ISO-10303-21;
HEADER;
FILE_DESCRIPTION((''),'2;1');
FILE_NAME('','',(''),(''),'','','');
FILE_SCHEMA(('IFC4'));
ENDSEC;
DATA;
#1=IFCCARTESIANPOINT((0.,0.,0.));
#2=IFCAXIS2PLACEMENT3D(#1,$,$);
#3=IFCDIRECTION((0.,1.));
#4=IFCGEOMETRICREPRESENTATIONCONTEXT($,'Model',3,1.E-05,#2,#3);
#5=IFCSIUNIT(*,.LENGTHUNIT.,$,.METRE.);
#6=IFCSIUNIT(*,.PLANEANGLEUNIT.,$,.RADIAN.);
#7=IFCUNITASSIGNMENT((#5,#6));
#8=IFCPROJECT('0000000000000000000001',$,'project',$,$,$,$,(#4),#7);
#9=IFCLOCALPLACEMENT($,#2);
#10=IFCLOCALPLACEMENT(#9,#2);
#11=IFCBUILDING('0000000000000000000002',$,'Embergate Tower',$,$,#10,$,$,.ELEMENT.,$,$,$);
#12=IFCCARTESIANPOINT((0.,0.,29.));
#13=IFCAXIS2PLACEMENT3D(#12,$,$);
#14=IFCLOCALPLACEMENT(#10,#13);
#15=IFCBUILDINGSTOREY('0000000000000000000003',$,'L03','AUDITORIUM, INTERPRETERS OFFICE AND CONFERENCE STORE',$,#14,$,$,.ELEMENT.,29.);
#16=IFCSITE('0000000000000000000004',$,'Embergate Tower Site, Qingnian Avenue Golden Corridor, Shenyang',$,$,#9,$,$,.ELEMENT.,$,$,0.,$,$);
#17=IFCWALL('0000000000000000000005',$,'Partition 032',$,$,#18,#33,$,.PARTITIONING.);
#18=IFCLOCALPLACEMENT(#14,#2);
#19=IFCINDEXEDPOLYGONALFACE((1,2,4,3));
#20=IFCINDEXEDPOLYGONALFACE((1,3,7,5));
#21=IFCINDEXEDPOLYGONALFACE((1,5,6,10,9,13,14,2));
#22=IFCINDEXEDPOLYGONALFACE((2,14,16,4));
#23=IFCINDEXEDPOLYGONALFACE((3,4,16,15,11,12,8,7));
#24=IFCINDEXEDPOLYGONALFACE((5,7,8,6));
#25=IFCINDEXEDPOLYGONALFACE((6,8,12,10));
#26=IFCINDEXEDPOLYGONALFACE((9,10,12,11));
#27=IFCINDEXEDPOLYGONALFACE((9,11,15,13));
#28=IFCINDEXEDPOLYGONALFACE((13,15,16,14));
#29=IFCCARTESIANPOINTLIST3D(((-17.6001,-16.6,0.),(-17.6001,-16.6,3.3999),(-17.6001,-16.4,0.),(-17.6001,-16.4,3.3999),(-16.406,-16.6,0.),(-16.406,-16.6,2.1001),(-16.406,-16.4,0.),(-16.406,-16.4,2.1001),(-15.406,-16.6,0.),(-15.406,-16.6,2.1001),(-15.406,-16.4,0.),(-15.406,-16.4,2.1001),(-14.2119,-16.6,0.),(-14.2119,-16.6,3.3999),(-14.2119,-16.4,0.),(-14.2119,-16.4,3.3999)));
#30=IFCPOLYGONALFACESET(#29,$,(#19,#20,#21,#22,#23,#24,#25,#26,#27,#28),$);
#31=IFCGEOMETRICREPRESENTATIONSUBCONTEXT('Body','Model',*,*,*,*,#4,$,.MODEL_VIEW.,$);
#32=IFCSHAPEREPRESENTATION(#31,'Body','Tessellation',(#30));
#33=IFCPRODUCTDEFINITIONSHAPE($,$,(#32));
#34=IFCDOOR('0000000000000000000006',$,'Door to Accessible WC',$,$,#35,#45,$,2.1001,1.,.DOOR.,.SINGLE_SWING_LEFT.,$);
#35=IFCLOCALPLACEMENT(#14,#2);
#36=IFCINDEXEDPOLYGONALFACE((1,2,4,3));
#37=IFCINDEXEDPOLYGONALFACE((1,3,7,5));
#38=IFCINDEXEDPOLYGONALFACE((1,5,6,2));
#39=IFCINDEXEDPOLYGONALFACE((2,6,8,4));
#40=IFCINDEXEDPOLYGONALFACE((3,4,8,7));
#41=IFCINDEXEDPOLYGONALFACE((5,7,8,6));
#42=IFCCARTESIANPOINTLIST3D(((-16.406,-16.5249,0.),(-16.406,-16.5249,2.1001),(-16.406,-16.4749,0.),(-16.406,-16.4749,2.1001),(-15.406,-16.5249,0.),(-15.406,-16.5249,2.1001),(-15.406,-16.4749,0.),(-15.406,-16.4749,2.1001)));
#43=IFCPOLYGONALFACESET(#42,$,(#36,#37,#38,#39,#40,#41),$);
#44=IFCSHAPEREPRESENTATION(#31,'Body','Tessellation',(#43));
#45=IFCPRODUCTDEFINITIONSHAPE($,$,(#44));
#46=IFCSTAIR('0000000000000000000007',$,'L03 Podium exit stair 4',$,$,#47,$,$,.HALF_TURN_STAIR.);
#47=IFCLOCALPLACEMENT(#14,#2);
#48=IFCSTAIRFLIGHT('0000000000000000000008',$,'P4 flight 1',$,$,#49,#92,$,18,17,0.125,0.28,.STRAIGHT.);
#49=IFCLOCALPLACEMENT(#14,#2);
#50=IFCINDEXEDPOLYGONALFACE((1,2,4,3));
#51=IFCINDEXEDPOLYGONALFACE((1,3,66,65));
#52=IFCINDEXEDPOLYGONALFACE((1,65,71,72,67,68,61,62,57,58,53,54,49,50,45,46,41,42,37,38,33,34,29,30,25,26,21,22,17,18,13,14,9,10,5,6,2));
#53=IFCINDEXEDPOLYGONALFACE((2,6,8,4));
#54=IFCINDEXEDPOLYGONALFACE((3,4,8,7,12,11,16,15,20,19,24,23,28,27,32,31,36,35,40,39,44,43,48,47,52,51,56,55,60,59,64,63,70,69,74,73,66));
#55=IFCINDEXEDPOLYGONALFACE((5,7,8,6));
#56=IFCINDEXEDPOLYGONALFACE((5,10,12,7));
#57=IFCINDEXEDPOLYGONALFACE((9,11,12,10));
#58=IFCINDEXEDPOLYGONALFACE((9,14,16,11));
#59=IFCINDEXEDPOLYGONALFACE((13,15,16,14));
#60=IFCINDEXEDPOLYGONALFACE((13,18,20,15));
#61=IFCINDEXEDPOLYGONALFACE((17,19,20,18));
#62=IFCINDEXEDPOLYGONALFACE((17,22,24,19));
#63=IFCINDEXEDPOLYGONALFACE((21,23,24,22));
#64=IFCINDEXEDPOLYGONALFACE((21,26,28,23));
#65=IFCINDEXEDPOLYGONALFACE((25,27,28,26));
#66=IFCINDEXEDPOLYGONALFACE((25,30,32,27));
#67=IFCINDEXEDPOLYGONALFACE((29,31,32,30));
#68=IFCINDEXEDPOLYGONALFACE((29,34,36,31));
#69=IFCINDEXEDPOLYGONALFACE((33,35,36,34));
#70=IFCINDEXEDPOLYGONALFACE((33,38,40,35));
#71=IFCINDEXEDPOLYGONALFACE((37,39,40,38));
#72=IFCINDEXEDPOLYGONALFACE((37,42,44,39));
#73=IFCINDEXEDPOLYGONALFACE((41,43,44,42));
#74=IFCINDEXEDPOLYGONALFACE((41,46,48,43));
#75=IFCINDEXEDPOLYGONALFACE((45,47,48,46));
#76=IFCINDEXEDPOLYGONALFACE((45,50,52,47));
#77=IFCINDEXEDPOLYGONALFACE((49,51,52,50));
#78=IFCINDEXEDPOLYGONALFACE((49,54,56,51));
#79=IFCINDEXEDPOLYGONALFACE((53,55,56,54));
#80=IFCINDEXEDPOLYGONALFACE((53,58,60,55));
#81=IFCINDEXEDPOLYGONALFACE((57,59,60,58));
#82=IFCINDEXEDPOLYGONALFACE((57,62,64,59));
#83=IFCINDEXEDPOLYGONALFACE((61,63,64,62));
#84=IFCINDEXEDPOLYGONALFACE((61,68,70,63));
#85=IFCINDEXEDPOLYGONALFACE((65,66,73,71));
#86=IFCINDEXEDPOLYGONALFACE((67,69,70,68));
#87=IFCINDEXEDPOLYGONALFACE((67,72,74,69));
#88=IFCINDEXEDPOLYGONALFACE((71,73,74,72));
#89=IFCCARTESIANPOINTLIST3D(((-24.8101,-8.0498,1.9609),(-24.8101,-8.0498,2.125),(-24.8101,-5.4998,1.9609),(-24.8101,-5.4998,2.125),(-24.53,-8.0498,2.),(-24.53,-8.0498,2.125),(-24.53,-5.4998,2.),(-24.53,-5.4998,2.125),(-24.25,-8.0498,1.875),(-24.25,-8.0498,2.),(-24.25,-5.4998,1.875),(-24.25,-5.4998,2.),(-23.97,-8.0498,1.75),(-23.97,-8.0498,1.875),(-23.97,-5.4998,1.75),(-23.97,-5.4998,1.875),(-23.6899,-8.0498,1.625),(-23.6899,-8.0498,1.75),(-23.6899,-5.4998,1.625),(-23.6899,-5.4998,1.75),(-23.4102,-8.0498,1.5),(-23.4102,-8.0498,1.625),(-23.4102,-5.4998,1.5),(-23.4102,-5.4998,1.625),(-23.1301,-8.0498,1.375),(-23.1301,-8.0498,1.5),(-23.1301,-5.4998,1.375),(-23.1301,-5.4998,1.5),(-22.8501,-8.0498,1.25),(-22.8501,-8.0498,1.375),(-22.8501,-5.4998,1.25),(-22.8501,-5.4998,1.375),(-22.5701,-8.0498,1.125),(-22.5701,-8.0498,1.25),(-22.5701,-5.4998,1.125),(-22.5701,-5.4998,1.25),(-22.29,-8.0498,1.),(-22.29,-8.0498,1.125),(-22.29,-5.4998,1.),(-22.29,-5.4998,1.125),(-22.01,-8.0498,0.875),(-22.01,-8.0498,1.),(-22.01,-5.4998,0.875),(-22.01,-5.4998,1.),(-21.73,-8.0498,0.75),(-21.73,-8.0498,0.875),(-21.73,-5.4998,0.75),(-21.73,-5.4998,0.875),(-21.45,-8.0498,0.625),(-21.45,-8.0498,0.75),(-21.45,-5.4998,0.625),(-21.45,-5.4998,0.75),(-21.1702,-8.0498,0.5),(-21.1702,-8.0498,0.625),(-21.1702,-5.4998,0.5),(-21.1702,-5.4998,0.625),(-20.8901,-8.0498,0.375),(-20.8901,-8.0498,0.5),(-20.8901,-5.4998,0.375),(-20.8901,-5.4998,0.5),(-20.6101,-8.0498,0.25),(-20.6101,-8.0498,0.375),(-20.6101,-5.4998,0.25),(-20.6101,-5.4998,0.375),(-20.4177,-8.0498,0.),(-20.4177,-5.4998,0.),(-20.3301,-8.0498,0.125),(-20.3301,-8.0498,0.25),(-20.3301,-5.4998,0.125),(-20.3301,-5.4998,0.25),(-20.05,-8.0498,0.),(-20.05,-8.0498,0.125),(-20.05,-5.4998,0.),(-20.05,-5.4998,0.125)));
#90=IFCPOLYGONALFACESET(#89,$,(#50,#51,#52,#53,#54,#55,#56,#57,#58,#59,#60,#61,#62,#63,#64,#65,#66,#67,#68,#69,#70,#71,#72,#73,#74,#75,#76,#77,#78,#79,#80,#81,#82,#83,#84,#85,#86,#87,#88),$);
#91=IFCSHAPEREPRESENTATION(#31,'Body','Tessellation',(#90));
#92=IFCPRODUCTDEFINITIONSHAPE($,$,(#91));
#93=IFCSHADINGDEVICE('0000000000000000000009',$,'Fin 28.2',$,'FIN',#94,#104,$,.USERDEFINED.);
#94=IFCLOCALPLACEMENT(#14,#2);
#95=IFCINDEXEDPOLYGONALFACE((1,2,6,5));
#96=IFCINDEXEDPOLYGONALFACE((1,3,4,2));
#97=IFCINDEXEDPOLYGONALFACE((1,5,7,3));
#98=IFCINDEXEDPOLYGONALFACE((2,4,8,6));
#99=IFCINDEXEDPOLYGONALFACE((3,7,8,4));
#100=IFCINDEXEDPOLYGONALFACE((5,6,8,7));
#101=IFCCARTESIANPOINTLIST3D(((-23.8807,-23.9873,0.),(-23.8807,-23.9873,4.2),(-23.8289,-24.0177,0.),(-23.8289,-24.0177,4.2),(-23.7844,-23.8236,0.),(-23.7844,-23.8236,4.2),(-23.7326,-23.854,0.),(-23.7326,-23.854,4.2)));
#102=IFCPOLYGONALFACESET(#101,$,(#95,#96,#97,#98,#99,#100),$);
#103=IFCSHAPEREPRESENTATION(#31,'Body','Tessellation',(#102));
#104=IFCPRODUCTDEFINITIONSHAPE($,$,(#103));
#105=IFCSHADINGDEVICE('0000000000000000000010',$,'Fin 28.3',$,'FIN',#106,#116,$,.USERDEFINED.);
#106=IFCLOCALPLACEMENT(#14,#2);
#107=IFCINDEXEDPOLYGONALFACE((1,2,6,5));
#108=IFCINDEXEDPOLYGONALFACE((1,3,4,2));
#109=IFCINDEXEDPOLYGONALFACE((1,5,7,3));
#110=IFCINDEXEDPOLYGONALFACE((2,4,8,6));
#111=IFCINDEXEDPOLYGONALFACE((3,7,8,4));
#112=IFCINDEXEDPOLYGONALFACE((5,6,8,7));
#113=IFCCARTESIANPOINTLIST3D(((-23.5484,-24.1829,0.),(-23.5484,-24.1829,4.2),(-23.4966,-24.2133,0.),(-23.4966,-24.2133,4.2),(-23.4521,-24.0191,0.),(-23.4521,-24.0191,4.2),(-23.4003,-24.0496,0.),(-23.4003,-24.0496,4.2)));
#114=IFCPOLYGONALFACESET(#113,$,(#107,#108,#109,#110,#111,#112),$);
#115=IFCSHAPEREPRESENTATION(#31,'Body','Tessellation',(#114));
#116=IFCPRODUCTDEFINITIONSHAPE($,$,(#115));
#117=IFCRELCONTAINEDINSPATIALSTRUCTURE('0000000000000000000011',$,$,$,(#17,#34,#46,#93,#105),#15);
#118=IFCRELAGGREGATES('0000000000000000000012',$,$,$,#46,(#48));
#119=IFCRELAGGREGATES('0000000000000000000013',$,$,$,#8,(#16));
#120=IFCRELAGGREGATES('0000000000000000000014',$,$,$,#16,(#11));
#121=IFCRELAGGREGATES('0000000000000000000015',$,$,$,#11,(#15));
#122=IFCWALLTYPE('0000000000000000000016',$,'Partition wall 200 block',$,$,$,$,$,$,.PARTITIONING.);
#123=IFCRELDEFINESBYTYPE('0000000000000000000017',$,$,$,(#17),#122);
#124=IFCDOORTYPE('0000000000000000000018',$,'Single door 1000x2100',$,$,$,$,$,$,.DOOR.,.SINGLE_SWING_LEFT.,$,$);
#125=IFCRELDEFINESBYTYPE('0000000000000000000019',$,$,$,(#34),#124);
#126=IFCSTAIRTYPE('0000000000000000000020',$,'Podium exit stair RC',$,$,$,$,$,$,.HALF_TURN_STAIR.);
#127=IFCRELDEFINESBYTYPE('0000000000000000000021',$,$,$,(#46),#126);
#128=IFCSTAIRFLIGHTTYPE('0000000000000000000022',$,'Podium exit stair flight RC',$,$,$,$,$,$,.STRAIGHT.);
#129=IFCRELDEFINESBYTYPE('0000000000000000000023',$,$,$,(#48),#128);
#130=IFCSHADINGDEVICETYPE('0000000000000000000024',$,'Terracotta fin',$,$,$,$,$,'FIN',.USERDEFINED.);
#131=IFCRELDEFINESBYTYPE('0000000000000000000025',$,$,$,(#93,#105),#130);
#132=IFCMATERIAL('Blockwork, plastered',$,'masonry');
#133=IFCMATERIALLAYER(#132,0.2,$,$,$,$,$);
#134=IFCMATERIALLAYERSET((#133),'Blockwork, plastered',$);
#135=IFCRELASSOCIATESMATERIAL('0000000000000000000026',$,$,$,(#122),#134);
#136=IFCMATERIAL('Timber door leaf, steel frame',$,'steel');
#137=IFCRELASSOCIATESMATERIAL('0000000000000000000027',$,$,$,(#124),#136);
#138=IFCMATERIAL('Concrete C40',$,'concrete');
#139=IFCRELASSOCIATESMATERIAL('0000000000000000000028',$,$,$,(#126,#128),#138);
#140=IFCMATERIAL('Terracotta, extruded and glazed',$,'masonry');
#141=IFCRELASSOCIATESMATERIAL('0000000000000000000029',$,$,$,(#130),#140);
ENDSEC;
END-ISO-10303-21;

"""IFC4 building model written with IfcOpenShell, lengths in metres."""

from ifc_helpers import new_model, si_unit, direction, frame, frame_2d, origin, origin_2d, place, context, subcontext, project, spatial, polyline, rectangle, outline, extrude, source, transform, mapped, material, layer, layer_set, material_profile, profile_set, type_object, element, fill, aggregate, save


model = new_model("IFC4")

# Units and contexts
model_context = context("Model", 3, precision=1e-05, world=origin(), true_north=direction((0.0, 1.0)))
body_context = subcontext(model_context, "Body", "Model", "MODEL_VIEW")
ifc_project = project(units=[si_unit("LENGTHUNIT", "METRE"), si_unit("PLANEANGLEUNIT", "RADIAN")], contexts=[model_context])

# Site, building, storey
site_placement = place(None, origin())
site = spatial("IfcSite", under=ifc_project, at=site_placement, Name="Embergate Tower Site, Qingnian Avenue Golden Corridor, Shenyang", CompositionType="ELEMENT", RefElevation=0.0)
building_placement = place(site_placement, origin())
building = spatial("IfcBuilding", under=site, at=building_placement, Name="Embergate Tower", CompositionType="ELEMENT")
storey_placement = place(building_placement, frame((0.0, 0.0, 29.0)))
storey = spatial("IfcBuildingStorey", under=building, at=storey_placement, Name="L03", Description="AUDITORIUM, INTERPRETERS OFFICE AND CONFERENCE STORE", CompositionType="ELEMENT", Elevation=29.0)

# Shared definitions
ifc_material_1 = material(Name="Concrete C40", Category="concrete")

# Shared definitions
ifc_material_2 = material(Name="Blockwork, plastered", Category="masonry")
ifc_layer_1 = layer(ifc_material_2, 0.2)
ifc_layer_set_1 = layer_set([ifc_layer_1], Name="Blockwork, plastered")
wall_type_1 = type_object("IfcWallType", Name="Partition wall 200 block", PredefinedType="PARTITIONING", material=ifc_layer_set_1)

# Shared definitions
shared_shape_1 = source(origin(), body_context, "Body", "SweptSolid", [
    extrude(rectangle(XDim=1.0, YDim=2.1001, at=frame_2d((0.5, 1.05))), frame((0.0, 0.1099, 0.0), z_axis=(0.0, -1.0, 0.0), x_axis=(1.0, 0.0, 0.0)), (0.0, 0.0, 1.0), 0.22),
])
ifc_material_3 = material(Name="Timber door leaf, steel frame", Category="steel")
door_type_1 = type_object("IfcDoorType", Name="Single door 1000x2100", OperationType="SINGLE_SWING_LEFT", PredefinedType="DOOR", material=ifc_material_3)
shared_shape_2 = source(origin(), body_context, "Body", "SweptSolid", [
    extrude(rectangle(XDim=1.0, YDim=2.1001, at=frame_2d((0.5, 1.05))), frame((0.0, 0.0249, 0.0), z_axis=(0.0, -1.0, 0.0), x_axis=(1.0, 0.0, 0.0)), (0.0, 0.0, 1.0), 0.05),
])

# Wall, opening, door
shared_shape_3 = source(origin(), body_context, "Body", "SweptSolid", [
    extrude(rectangle(XDim=3.3882, YDim=0.2, at=frame_2d((1.6941, 0.0))), origin(), (0.0, 0.0, 1.0), 3.3999),
])
wall_1_placement = place(storey_placement, frame((-14.2119, -16.5, 0.0), z_axis=(0.0, 0.0, 1.0), x_axis=(-1.0, 0.0, 0.0)))
wall_1 = element("IfcWall", 1, at=wall_1_placement, inside=storey, type_object=wall_type_1, Name="Partition 032", PredefinedType="PARTITIONING", context=body_context, shape_type="MappedRepresentation", body=[
    mapped(shared_shape_3, transform((0.0, 0.0, 0.0))),
])
opening_1_placement = place(wall_1_placement, frame((1.1941, 0.0, 0.0)))
opening_1 = element("IfcOpeningElement", 2, at=opening_1_placement, cuts=wall_1, PredefinedType="OPENING", context=body_context, shape_type="MappedRepresentation", body=[
    mapped(shared_shape_1, transform((0.0, 0.0, 0.0))),
])
door_1_placement = place(opening_1_placement, origin())
door_1 = element("IfcDoor", 3, at=door_1_placement, inside=storey, type_object=door_type_1, Name="Door to Accessible WC", OperationType="SINGLE_SWING_LEFT", OverallHeight=2.1001, OverallWidth=1.0, PredefinedType="DOOR", context=body_context, shape_type="MappedRepresentation", body=[
    mapped(shared_shape_2, transform((0.0, 0.0, 0.0))),
])
fill(opening_1, door_1)

# Stair, stair flight
stair_type = type_object("IfcStairType", Name="Podium exit stair RC", PredefinedType="HALF_TURN_STAIR", material=ifc_material_1)
stair_placement = place(storey_placement, origin())
stair = element("IfcStair", 4, at=stair_placement, inside=storey, type_object=stair_type, Name="L03 Podium exit stair 4", PredefinedType="HALF_TURN_STAIR")
stair_flight_type = type_object("IfcStairFlightType", Name="Podium exit stair flight RC", PredefinedType="STRAIGHT", material=ifc_material_1)
shared_shape_4 = source(origin(), body_context, "Body", "SweptSolid", [
    extrude(outline(polyline([(0.0, 0.0), (0.0, 0.125), (0.28, 0.125), (0.28, 0.25), (0.5601, 0.25), (0.5601, 0.375), (0.8401, 0.375), (0.8401, 0.5), (1.1201, 0.5), (1.1201, 0.625), (1.3999, 0.625), (1.3999, 0.75), (1.6799, 0.75), (1.6799, 0.875), (1.96, 0.875), (1.96, 1.0), (2.24, 1.0), (2.24, 1.125), (2.52, 1.125), (2.52, 1.25), (2.8, 1.25), (2.8, 1.375), (3.0801, 1.375), (3.0801, 1.5), (3.3601, 1.5), (3.3601, 1.625), (3.6399, 1.625), (3.6399, 1.75), (3.9199, 1.75), (3.9199, 1.875), (4.2, 1.875), (4.2, 2.0), (4.48, 2.0), (4.48, 2.125), (4.76, 2.125), (4.76, 2.25), (4.76, 1.9609), (0.3677, 0.0), (0.0, 0.0)])), frame((0.0, 1.2749, 0.0), z_axis=(0.0, -1.0, 0.0), x_axis=(1.0, 0.0, 0.0)), (0.0, 0.0, 1.0), 2.55),
])
stair_flight_placement = place(storey_placement, frame((-20.05, -6.7749, 0.0), z_axis=(0.0, 0.0, 1.0), x_axis=(-1.0, 0.0, 0.0)))
stair_flight = element("IfcStairFlight", 5, at=stair_flight_placement, type_object=stair_flight_type, Name="P4 flight 1", NumberOfRisers=18, NumberOfTreads=17, PredefinedType="STRAIGHT", RiserHeight=0.125, TreadLength=0.28, context=body_context, shape_type="MappedRepresentation", body=[
    mapped(shared_shape_4, transform((0.0, 0.0, 0.0))),
])
aggregate(stair, [stair_flight])

# Shading devices
ifc_material_4 = material(Name="Terracotta, extruded and glazed", Category="masonry")
ifc_material_profile_1 = material_profile(ifc_material_4, rectangle(XDim=0.1899, YDim=0.0601, at=origin_2d()), Name="TC 190x60")
ifc_profile_set_1 = profile_set([ifc_material_profile_1], Name="Terracotta, extruded and glazed")
shading_device_type = type_object("IfcShadingDeviceType", Name="Terracotta fin", ElementType="FIN", PredefinedType="USERDEFINED", material=ifc_profile_set_1)
shared_shape_5 = source(origin(), body_context, "Body", "SweptSolid", [
    extrude(rectangle(XDim=0.1899, YDim=0.0601, at=origin_2d()), origin(), (0.0, 0.0, 1.0), 4.2),
])
for number, where, z_axis, x_axis, name in (
    (6, (-23.8066, -23.9207, 0.0), (0.0, 0.0, 1.0), (0.506828, 0.862047, 0.0), "Fin 28.2"),
    (7, (-23.4744, -24.1162, 0.0), (0.0, 0.0, 1.0), (0.506828, 0.862047, 0.0), "Fin 28.3"),
):
    element("IfcShadingDevice", number, at=place(storey_placement, frame(where, z_axis=z_axis, x_axis=x_axis)), inside=storey, type_object=shading_device_type, Name=name, ObjectType="FIN", PredefinedType="USERDEFINED", context=body_context, shape_type="MappedRepresentation", body=[
        mapped(shared_shape_5, transform((0.0, 0.0, 0.0))),
    ])

save(model, "model.ifc")
